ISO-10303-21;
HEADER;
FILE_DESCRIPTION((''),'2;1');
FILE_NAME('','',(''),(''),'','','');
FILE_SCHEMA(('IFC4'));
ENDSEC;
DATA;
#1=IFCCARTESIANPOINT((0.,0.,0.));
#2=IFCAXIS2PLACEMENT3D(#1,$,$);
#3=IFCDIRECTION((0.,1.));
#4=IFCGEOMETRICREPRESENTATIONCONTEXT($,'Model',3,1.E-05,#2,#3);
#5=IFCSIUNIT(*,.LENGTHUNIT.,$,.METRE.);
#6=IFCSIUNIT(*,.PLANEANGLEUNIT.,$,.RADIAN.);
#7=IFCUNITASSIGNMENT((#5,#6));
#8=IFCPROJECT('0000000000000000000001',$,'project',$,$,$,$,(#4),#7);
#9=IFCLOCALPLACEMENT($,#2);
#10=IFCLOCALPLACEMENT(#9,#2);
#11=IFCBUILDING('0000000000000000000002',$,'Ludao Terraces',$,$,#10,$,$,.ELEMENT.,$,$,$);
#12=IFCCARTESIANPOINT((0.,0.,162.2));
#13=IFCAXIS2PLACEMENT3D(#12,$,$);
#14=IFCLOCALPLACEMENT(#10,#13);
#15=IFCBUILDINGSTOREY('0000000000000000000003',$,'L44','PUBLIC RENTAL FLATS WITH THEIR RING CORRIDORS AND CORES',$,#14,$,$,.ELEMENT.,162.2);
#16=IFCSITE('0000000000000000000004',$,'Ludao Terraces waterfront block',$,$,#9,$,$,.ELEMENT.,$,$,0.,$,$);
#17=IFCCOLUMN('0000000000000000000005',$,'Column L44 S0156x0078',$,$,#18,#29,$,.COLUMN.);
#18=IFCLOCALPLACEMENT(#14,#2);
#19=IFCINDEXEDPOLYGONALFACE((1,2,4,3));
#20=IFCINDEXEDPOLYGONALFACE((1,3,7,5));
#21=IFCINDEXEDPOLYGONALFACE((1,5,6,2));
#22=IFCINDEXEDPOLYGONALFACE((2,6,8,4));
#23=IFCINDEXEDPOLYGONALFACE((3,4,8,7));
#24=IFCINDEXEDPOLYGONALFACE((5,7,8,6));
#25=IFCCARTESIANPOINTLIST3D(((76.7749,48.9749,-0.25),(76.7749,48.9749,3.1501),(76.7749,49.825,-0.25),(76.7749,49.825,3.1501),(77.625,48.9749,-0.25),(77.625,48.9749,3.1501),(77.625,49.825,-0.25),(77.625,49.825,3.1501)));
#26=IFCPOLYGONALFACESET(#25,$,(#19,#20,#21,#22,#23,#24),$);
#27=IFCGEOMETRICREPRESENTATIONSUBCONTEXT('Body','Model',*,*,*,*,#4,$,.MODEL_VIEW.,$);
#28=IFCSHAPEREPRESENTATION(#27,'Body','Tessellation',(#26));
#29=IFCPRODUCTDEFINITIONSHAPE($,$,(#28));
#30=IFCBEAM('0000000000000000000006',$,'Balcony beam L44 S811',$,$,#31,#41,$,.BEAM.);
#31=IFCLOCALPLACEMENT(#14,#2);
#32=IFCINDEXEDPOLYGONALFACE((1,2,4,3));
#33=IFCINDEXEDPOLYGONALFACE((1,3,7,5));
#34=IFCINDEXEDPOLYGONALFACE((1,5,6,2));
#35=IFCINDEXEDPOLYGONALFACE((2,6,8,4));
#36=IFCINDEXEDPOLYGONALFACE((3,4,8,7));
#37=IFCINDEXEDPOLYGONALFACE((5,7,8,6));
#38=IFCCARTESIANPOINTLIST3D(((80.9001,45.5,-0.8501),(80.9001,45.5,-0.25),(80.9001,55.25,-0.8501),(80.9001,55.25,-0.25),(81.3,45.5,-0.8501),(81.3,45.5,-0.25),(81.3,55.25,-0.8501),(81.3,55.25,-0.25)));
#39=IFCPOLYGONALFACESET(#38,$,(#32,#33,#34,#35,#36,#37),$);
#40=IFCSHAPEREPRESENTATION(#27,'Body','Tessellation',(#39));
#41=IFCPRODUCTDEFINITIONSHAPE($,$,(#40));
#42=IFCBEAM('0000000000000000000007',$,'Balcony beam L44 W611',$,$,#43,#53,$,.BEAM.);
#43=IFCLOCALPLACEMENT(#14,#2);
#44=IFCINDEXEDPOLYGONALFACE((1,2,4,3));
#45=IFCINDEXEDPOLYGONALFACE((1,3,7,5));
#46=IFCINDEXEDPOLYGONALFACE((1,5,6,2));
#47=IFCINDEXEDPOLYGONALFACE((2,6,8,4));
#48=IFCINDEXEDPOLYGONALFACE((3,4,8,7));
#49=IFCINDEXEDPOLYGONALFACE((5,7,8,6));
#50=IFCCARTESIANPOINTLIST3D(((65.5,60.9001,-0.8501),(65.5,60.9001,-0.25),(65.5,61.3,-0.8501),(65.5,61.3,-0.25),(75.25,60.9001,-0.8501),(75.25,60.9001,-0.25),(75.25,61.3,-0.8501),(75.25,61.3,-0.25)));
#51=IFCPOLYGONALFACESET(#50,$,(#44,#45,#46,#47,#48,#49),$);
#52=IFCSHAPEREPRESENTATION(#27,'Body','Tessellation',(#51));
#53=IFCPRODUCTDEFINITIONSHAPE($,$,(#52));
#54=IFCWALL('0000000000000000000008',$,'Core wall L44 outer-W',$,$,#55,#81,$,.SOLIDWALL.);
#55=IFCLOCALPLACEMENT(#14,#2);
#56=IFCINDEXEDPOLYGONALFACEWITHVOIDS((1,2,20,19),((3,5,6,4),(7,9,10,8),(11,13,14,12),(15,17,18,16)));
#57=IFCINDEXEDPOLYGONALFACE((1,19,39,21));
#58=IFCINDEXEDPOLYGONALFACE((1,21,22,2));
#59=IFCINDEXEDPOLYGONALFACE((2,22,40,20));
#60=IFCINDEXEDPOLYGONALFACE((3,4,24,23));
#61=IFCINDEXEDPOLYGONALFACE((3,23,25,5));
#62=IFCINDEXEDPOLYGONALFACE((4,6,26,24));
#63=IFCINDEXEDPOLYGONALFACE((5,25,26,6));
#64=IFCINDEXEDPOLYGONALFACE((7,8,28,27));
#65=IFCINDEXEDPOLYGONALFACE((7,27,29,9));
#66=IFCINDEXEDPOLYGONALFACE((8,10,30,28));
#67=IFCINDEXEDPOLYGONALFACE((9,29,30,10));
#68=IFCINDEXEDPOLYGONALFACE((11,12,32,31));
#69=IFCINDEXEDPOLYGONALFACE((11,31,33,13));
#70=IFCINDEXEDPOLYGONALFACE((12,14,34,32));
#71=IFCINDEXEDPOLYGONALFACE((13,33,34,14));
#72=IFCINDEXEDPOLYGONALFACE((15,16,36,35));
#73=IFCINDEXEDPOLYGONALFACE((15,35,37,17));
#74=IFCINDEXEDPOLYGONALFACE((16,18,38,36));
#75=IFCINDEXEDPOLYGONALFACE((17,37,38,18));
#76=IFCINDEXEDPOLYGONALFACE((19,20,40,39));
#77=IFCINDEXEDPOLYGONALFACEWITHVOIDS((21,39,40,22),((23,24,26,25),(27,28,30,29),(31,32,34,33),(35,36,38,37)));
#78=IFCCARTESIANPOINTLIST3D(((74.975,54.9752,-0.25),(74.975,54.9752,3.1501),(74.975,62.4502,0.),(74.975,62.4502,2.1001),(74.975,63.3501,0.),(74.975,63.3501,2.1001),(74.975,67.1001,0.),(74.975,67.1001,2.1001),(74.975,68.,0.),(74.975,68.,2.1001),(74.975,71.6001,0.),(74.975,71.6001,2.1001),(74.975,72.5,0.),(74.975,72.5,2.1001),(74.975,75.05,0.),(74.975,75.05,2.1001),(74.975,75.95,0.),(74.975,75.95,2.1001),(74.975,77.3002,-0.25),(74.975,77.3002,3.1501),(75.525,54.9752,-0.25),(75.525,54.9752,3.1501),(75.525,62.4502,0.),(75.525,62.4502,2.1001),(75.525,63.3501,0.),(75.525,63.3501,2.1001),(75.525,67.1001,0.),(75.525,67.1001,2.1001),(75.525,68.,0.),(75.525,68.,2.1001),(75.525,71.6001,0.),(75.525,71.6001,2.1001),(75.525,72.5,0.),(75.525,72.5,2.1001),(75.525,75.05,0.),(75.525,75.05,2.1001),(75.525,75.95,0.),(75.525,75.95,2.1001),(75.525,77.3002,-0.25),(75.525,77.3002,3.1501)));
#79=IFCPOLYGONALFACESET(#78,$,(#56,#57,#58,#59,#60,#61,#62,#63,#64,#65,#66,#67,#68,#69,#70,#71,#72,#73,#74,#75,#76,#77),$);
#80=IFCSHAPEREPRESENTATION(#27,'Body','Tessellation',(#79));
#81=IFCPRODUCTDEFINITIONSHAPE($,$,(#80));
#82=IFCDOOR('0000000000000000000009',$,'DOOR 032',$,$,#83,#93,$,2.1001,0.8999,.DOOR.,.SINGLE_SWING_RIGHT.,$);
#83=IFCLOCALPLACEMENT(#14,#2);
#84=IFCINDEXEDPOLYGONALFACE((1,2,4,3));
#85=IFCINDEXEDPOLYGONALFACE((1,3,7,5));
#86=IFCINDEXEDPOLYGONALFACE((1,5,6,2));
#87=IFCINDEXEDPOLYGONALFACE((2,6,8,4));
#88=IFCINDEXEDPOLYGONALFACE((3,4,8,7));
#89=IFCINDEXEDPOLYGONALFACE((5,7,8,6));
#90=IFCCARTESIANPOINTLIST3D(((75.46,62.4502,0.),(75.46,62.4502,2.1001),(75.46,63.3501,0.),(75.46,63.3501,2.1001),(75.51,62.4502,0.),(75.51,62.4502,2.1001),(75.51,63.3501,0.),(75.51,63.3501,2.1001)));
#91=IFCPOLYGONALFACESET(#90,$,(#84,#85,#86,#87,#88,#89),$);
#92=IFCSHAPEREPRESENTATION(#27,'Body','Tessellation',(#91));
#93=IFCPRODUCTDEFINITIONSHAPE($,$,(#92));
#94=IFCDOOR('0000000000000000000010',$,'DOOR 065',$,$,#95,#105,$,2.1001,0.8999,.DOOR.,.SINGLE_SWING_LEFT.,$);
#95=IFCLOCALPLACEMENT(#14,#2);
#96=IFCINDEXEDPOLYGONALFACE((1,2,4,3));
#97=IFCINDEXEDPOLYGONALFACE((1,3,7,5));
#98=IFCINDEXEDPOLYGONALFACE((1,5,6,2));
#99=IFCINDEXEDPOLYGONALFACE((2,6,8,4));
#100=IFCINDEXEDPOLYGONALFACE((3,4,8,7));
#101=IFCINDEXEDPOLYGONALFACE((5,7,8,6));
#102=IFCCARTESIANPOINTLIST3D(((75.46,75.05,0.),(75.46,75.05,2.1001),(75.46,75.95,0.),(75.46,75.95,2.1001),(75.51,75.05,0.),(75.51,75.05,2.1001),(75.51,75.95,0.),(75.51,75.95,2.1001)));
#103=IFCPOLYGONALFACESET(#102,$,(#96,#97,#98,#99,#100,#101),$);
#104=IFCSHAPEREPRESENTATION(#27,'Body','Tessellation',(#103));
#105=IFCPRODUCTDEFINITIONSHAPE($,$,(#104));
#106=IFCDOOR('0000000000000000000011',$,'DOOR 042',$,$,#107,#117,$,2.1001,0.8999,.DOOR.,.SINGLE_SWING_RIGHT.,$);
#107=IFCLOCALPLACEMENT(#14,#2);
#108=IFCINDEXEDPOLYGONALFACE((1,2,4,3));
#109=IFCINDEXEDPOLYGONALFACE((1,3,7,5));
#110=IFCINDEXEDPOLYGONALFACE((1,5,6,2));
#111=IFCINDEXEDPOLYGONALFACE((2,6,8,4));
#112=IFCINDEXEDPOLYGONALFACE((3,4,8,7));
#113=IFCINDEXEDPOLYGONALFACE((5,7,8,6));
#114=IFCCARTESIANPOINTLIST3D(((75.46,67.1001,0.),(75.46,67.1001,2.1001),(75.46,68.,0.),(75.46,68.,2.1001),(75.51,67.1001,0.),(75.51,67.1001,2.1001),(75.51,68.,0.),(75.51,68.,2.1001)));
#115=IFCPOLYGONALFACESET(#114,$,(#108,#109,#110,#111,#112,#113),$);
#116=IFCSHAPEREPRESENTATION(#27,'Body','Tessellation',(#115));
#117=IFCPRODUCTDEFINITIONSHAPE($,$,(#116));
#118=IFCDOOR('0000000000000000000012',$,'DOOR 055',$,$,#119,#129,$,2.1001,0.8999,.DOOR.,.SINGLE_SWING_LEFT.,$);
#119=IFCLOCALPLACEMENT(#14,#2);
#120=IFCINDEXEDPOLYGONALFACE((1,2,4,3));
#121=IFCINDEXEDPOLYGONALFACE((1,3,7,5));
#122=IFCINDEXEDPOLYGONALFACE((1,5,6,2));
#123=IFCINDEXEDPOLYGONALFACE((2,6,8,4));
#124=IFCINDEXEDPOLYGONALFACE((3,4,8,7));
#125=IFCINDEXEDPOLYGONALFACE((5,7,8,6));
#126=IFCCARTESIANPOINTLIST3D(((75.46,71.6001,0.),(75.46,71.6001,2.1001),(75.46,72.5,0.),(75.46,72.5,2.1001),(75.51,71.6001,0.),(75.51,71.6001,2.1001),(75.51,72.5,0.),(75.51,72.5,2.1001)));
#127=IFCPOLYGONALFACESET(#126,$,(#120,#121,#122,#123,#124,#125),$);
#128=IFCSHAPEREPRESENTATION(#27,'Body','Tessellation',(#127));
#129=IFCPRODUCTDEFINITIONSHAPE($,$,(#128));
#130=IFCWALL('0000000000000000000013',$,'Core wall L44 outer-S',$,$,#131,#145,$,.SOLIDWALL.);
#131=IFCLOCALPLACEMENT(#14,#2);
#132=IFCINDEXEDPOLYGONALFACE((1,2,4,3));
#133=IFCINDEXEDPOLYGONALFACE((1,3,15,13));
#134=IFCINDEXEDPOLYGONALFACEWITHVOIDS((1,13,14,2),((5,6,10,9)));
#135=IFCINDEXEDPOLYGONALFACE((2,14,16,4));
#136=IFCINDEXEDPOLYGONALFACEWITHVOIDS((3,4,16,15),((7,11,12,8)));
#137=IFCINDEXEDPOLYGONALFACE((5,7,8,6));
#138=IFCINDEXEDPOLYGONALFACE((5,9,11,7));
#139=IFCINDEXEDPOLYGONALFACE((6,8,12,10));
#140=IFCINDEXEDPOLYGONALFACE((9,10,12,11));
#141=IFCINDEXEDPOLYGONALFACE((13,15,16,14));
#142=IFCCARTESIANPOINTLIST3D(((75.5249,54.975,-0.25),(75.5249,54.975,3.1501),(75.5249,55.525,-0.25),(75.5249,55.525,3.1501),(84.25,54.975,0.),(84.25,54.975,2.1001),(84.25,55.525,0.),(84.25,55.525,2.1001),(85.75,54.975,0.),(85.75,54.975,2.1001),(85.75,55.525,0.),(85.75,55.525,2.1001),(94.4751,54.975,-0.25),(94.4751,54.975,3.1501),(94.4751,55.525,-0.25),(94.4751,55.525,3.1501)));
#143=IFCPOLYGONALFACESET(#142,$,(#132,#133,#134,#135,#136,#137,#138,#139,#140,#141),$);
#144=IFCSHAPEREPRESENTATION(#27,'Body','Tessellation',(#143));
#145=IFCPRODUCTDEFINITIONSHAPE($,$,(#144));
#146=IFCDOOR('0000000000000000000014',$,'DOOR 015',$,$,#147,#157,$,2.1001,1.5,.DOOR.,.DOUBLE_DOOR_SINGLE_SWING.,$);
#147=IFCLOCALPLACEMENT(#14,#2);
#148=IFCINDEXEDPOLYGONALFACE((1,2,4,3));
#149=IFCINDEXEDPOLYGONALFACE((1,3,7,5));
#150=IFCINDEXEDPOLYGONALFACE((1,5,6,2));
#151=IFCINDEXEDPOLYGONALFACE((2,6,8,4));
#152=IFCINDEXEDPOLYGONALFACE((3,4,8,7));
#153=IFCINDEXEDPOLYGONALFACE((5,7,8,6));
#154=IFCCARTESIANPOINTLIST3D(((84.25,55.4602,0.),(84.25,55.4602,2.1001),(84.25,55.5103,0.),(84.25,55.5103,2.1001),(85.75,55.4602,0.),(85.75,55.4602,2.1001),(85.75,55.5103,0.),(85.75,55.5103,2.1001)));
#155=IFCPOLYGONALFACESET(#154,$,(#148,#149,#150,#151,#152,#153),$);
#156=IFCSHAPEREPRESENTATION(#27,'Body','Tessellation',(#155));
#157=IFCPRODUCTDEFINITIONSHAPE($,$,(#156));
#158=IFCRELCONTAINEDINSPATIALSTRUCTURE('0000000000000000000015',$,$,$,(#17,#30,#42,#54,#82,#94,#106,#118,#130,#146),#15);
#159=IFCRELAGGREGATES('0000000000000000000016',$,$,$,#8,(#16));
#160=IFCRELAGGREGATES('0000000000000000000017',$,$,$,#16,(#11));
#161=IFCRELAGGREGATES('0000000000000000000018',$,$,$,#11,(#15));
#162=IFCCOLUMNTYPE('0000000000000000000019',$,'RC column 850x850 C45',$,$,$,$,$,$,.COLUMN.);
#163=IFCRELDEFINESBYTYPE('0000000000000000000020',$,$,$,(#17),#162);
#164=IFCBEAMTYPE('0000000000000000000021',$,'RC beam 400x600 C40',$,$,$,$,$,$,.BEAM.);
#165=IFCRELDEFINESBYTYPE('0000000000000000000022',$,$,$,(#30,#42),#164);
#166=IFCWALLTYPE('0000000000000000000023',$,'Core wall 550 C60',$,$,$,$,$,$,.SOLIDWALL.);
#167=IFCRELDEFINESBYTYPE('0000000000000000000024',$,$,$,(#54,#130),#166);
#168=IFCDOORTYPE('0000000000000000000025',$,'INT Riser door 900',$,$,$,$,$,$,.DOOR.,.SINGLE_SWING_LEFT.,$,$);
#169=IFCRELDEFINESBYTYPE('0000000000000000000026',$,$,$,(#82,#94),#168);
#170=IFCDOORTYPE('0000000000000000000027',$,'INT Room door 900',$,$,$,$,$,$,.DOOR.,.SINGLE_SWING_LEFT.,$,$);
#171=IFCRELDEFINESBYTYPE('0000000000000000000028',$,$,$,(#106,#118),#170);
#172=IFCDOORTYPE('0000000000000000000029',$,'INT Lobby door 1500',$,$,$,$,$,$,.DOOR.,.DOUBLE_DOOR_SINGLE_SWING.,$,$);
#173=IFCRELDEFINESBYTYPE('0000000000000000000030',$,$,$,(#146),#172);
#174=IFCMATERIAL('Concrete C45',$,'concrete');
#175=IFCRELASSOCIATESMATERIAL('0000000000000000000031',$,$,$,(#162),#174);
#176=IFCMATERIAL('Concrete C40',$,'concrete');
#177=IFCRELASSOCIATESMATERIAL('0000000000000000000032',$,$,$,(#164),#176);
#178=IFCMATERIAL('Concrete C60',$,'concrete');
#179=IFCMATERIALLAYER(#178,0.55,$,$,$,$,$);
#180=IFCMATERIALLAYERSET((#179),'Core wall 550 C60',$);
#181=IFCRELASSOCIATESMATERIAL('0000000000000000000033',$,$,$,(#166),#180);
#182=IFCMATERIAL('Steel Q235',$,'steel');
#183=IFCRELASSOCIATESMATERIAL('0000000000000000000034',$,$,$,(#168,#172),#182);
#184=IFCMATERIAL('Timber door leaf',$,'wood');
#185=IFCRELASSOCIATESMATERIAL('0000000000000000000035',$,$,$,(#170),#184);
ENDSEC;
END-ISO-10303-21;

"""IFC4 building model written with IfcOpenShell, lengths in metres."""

from ifc_helpers import new_model, si_unit, direction, frame, frame_2d, origin, origin_2d, place, context, subcontext, project, spatial, rectangle, extrude, material, layer, layer_set, material_profile, profile_set, type_object, element, fill, save


model = new_model("IFC4")

# Units and contexts
model_context = context("Model", 3, precision=1e-05, world=origin(), true_north=direction((0.0, 1.0)))
body_context = subcontext(model_context, "Body", "Model", "MODEL_VIEW")
ifc_project = project(units=[si_unit("LENGTHUNIT", "METRE"), si_unit("PLANEANGLEUNIT", "RADIAN")], contexts=[model_context])

# Site, building, storey
site_placement = place(None, origin())
site = spatial("IfcSite", under=ifc_project, at=site_placement, Name="Ludao Terraces waterfront block", CompositionType="ELEMENT", RefElevation=0.0)
building_placement = place(site_placement, origin())
building = spatial("IfcBuilding", under=site, at=building_placement, Name="Ludao Terraces", CompositionType="ELEMENT")
storey_placement = place(building_placement, frame((0.0, 0.0, 162.2)))
storey = spatial("IfcBuildingStorey", under=building, at=storey_placement, Name="L44", Description="PUBLIC RENTAL FLATS WITH THEIR RING CORRIDORS AND CORES", CompositionType="ELEMENT", Elevation=162.2)

# Column
ifc_material_1 = material(Name="Concrete C45", Category="concrete")
ifc_material_profile_1 = material_profile(ifc_material_1, rectangle(XDim=0.8501, YDim=0.8501, at=origin_2d()), Name="850 X 850")
ifc_profile_set_1 = profile_set([ifc_material_profile_1], Name="Concrete C45")
column_type = type_object("IfcColumnType", Name="RC column 850x850 C45", PredefinedType="COLUMN", material=ifc_profile_set_1)
column_placement = place(storey_placement, frame((77.2, 49.3999, -0.25), z_axis=(0.0, 0.0, 1.0), x_axis=(1.0, 0.0, 0.0)))
element("IfcColumn", 1, at=column_placement, inside=storey, type_object=column_type, Name="Column L44 S0156x0078", PredefinedType="COLUMN", context=body_context, shape_type="SweptSolid", body=[
    extrude(rectangle(XDim=0.8501, YDim=0.8501, at=origin_2d()), origin(), (0.0, 0.0, 1.0), 3.4001),
])

# Beams
ifc_material_2 = material(Name="Concrete C40", Category="concrete")
ifc_material_profile_2 = material_profile(ifc_material_2, rectangle(XDim=0.3999, YDim=0.6001, at=origin_2d()), Name="400 X 600")
ifc_profile_set_2 = profile_set([ifc_material_profile_2], Name="Concrete C40")
beam_type = type_object("IfcBeamType", Name="RC beam 400x600 C40", PredefinedType="BEAM", material=ifc_profile_set_2)
for number, where, z_axis, x_axis, name in (
    (2, (81.1001, 55.25, -0.55), (0.0, -1.0, 0.0), (1.0, 0.0, 0.0), "Balcony beam L44 S811"),
    (3, (75.25, 61.1001, -0.55), (-1.0, 0.0, 0.0), (0.0, -1.0, 0.0), "Balcony beam L44 W611"),
):
    element("IfcBeam", number, at=place(storey_placement, frame(where, z_axis=z_axis, x_axis=x_axis)), inside=storey, type_object=beam_type, Name=name, PredefinedType="BEAM", context=body_context, shape_type="SweptSolid", body=[
        extrude(rectangle(XDim=0.3999, YDim=0.6001, at=origin_2d()), origin(), (0.0, 0.0, 1.0), 9.75),
    ])

# Wall, openings, doors
ifc_material_3 = material(Name="Concrete C60", Category="concrete")
ifc_layer_1 = layer(ifc_material_3, 0.55)
ifc_layer_set_1 = layer_set([ifc_layer_1], Name="Core wall 550 C60")
wall_type_1 = type_object("IfcWallType", Name="Core wall 550 C60", PredefinedType="SOLIDWALL", material=ifc_layer_set_1)
wall_1_placement = place(storey_placement, frame((75.25, 54.9751, -0.25), z_axis=(0.0, 0.0, 1.0), x_axis=(0.0, 1.0, 0.0)))
wall_1 = element("IfcWall", 4, at=wall_1_placement, inside=storey, type_object=wall_type_1, Name="Core wall L44 outer-W", PredefinedType="SOLIDWALL", context=body_context, shape_type="SweptSolid", body=[
    extrude(rectangle(XDim=22.325, YDim=0.55, at=frame_2d((11.1626, 0.0))), origin(), (0.0, 0.0, 1.0), 3.4001),
])
opening_1_placement = place(wall_1_placement, frame((7.4751, 0.0, 0.25)))
opening_1 = element("IfcOpeningElement", 5, at=opening_1_placement, cuts=wall_1, PredefinedType="OPENING", context=body_context, shape_type="SweptSolid", body=[
    extrude(rectangle(XDim=0.8999, YDim=2.1001, at=frame_2d((0.45, 1.05))), frame((0.0, 0.2852, 0.0), z_axis=(0.0, -1.0, 0.0), x_axis=(1.0, 0.0, 0.0)), (0.0, 0.0, 1.0), 0.5701),
])
opening_2_placement = place(wall_1_placement, frame((12.125, 0.0, 0.25)))
opening_2 = element("IfcOpeningElement", 6, at=opening_2_placement, cuts=wall_1, PredefinedType="OPENING", context=body_context, shape_type="SweptSolid", body=[
    extrude(rectangle(XDim=0.8999, YDim=2.1001, at=frame_2d((0.45, 1.05))), frame((0.0, 0.2852, 0.0), z_axis=(0.0, -1.0, 0.0), x_axis=(1.0, 0.0, 0.0)), (0.0, 0.0, 1.0), 0.5701),
])
opening_3_placement = place(wall_1_placement, frame((16.625, 0.0, 0.25)))
opening_3 = element("IfcOpeningElement", 7, at=opening_3_placement, cuts=wall_1, PredefinedType="OPENING", context=body_context, shape_type="SweptSolid", body=[
    extrude(rectangle(XDim=0.8999, YDim=2.1001, at=frame_2d((0.45, 1.05))), frame((0.0, 0.2852, 0.0), z_axis=(0.0, -1.0, 0.0), x_axis=(1.0, 0.0, 0.0)), (0.0, 0.0, 1.0), 0.5701),
])
opening_4_placement = place(wall_1_placement, frame((20.075, 0.0, 0.25)))
opening_4 = element("IfcOpeningElement", 8, at=opening_4_placement, cuts=wall_1, PredefinedType="OPENING", context=body_context, shape_type="SweptSolid", body=[
    extrude(rectangle(XDim=0.8999, YDim=2.1001, at=frame_2d((0.45, 1.05))), frame((0.0, 0.2852, 0.0), z_axis=(0.0, -1.0, 0.0), x_axis=(1.0, 0.0, 0.0)), (0.0, 0.0, 1.0), 0.5701),
])
ifc_material_4 = material(Name="Steel Q235", Category="steel")
door_type_1 = type_object("IfcDoorType", Name="INT Riser door 900", OperationType="SINGLE_SWING_LEFT", PredefinedType="DOOR", material=ifc_material_4)
door_1_placement = place(opening_1_placement, origin())
door_1 = element("IfcDoor", 9, at=door_1_placement, inside=storey, type_object=door_type_1, Name="DOOR 032", OperationType="SINGLE_SWING_RIGHT", OverallHeight=2.1001, OverallWidth=0.8999, PredefinedType="DOOR", context=body_context, shape_type="SweptSolid", body=[
    extrude(rectangle(XDim=0.8999, YDim=2.1001, at=frame_2d((0.45, 1.05))), frame((0.0, -0.21, 0.0), z_axis=(0.0, -1.0, 0.0), x_axis=(1.0, 0.0, 0.0)), (0.0, 0.0, 1.0), 0.05),
])
fill(opening_1, door_1)
door_2_placement = place(opening_4_placement, origin())
door_2 = element("IfcDoor", 10, at=door_2_placement, inside=storey, type_object=door_type_1, Name="DOOR 065", OperationType="SINGLE_SWING_LEFT", OverallHeight=2.1001, OverallWidth=0.8999, PredefinedType="DOOR", context=body_context, shape_type="SweptSolid", body=[
    extrude(rectangle(XDim=0.8999, YDim=2.1001, at=frame_2d((0.45, 1.05))), frame((0.0, -0.21, 0.0), z_axis=(0.0, -1.0, 0.0), x_axis=(1.0, 0.0, 0.0)), (0.0, 0.0, 1.0), 0.05),
])
fill(opening_4, door_2)
ifc_material_5 = material(Name="Timber door leaf", Category="wood")
door_type_2 = type_object("IfcDoorType", Name="INT Room door 900", OperationType="SINGLE_SWING_LEFT", PredefinedType="DOOR", material=ifc_material_5)
door_3_placement = place(opening_2_placement, origin())
door_3 = element("IfcDoor", 11, at=door_3_placement, inside=storey, type_object=door_type_2, Name="DOOR 042", OperationType="SINGLE_SWING_RIGHT", OverallHeight=2.1001, OverallWidth=0.8999, PredefinedType="DOOR", context=body_context, shape_type="SweptSolid", body=[
    extrude(rectangle(XDim=0.8999, YDim=2.1001, at=frame_2d((0.45, 1.05))), frame((0.0, -0.21, 0.0), z_axis=(0.0, -1.0, 0.0), x_axis=(1.0, 0.0, 0.0)), (0.0, 0.0, 1.0), 0.05),
])
fill(opening_2, door_3)
door_4_placement = place(opening_3_placement, origin())
door_4 = element("IfcDoor", 12, at=door_4_placement, inside=storey, type_object=door_type_2, Name="DOOR 055", OperationType="SINGLE_SWING_LEFT", OverallHeight=2.1001, OverallWidth=0.8999, PredefinedType="DOOR", context=body_context, shape_type="SweptSolid", body=[
    extrude(rectangle(XDim=0.8999, YDim=2.1001, at=frame_2d((0.45, 1.05))), frame((0.0, -0.21, 0.0), z_axis=(0.0, -1.0, 0.0), x_axis=(1.0, 0.0, 0.0)), (0.0, 0.0, 1.0), 0.05),
])
fill(opening_3, door_4)

# Wall, opening, door
wall_2_placement = place(storey_placement, frame((75.5249, 55.25, -0.25), z_axis=(0.0, 0.0, 1.0), x_axis=(1.0, 0.0, 0.0)))
wall_2 = element("IfcWall", 13, at=wall_2_placement, inside=storey, type_object=wall_type_1, Name="Core wall L44 outer-S", PredefinedType="SOLIDWALL", context=body_context, shape_type="SweptSolid", body=[
    extrude(rectangle(XDim=18.9502, YDim=0.55, at=frame_2d((9.4751, 0.0))), origin(), (0.0, 0.0, 1.0), 3.4001),
])
opening_5_placement = place(wall_2_placement, frame((8.7251, 0.0, 0.25)))
opening_5 = element("IfcOpeningElement", 14, at=opening_5_placement, cuts=wall_2, PredefinedType="OPENING", context=body_context, shape_type="SweptSolid", body=[
    extrude(rectangle(XDim=1.5, YDim=2.1001, at=frame_2d((0.75, 1.05))), frame((0.0, 0.2852, 0.0), z_axis=(0.0, -1.0, 0.0), x_axis=(1.0, 0.0, 0.0)), (0.0, 0.0, 1.0), 0.5701),
])
door_type_3 = type_object("IfcDoorType", Name="INT Lobby door 1500", OperationType="DOUBLE_DOOR_SINGLE_SWING", PredefinedType="DOOR", material=ifc_material_4)
door_5_placement = place(opening_5_placement, origin())
door_5 = element("IfcDoor", 15, at=door_5_placement, inside=storey, type_object=door_type_3, Name="DOOR 015", OperationType="DOUBLE_DOOR_SINGLE_SWING", OverallHeight=2.1001, OverallWidth=1.5, PredefinedType="DOOR", context=body_context, shape_type="SweptSolid", body=[
    extrude(rectangle(XDim=1.5, YDim=2.1001, at=frame_2d((0.75, 1.05))), frame((0.0, 0.2603, 0.0), z_axis=(0.0, -1.0, 0.0), x_axis=(1.0, 0.0, 0.0)), (0.0, 0.0, 1.0), 0.05),
])
fill(opening_5, door_5)

save(model, "model.ifc")
